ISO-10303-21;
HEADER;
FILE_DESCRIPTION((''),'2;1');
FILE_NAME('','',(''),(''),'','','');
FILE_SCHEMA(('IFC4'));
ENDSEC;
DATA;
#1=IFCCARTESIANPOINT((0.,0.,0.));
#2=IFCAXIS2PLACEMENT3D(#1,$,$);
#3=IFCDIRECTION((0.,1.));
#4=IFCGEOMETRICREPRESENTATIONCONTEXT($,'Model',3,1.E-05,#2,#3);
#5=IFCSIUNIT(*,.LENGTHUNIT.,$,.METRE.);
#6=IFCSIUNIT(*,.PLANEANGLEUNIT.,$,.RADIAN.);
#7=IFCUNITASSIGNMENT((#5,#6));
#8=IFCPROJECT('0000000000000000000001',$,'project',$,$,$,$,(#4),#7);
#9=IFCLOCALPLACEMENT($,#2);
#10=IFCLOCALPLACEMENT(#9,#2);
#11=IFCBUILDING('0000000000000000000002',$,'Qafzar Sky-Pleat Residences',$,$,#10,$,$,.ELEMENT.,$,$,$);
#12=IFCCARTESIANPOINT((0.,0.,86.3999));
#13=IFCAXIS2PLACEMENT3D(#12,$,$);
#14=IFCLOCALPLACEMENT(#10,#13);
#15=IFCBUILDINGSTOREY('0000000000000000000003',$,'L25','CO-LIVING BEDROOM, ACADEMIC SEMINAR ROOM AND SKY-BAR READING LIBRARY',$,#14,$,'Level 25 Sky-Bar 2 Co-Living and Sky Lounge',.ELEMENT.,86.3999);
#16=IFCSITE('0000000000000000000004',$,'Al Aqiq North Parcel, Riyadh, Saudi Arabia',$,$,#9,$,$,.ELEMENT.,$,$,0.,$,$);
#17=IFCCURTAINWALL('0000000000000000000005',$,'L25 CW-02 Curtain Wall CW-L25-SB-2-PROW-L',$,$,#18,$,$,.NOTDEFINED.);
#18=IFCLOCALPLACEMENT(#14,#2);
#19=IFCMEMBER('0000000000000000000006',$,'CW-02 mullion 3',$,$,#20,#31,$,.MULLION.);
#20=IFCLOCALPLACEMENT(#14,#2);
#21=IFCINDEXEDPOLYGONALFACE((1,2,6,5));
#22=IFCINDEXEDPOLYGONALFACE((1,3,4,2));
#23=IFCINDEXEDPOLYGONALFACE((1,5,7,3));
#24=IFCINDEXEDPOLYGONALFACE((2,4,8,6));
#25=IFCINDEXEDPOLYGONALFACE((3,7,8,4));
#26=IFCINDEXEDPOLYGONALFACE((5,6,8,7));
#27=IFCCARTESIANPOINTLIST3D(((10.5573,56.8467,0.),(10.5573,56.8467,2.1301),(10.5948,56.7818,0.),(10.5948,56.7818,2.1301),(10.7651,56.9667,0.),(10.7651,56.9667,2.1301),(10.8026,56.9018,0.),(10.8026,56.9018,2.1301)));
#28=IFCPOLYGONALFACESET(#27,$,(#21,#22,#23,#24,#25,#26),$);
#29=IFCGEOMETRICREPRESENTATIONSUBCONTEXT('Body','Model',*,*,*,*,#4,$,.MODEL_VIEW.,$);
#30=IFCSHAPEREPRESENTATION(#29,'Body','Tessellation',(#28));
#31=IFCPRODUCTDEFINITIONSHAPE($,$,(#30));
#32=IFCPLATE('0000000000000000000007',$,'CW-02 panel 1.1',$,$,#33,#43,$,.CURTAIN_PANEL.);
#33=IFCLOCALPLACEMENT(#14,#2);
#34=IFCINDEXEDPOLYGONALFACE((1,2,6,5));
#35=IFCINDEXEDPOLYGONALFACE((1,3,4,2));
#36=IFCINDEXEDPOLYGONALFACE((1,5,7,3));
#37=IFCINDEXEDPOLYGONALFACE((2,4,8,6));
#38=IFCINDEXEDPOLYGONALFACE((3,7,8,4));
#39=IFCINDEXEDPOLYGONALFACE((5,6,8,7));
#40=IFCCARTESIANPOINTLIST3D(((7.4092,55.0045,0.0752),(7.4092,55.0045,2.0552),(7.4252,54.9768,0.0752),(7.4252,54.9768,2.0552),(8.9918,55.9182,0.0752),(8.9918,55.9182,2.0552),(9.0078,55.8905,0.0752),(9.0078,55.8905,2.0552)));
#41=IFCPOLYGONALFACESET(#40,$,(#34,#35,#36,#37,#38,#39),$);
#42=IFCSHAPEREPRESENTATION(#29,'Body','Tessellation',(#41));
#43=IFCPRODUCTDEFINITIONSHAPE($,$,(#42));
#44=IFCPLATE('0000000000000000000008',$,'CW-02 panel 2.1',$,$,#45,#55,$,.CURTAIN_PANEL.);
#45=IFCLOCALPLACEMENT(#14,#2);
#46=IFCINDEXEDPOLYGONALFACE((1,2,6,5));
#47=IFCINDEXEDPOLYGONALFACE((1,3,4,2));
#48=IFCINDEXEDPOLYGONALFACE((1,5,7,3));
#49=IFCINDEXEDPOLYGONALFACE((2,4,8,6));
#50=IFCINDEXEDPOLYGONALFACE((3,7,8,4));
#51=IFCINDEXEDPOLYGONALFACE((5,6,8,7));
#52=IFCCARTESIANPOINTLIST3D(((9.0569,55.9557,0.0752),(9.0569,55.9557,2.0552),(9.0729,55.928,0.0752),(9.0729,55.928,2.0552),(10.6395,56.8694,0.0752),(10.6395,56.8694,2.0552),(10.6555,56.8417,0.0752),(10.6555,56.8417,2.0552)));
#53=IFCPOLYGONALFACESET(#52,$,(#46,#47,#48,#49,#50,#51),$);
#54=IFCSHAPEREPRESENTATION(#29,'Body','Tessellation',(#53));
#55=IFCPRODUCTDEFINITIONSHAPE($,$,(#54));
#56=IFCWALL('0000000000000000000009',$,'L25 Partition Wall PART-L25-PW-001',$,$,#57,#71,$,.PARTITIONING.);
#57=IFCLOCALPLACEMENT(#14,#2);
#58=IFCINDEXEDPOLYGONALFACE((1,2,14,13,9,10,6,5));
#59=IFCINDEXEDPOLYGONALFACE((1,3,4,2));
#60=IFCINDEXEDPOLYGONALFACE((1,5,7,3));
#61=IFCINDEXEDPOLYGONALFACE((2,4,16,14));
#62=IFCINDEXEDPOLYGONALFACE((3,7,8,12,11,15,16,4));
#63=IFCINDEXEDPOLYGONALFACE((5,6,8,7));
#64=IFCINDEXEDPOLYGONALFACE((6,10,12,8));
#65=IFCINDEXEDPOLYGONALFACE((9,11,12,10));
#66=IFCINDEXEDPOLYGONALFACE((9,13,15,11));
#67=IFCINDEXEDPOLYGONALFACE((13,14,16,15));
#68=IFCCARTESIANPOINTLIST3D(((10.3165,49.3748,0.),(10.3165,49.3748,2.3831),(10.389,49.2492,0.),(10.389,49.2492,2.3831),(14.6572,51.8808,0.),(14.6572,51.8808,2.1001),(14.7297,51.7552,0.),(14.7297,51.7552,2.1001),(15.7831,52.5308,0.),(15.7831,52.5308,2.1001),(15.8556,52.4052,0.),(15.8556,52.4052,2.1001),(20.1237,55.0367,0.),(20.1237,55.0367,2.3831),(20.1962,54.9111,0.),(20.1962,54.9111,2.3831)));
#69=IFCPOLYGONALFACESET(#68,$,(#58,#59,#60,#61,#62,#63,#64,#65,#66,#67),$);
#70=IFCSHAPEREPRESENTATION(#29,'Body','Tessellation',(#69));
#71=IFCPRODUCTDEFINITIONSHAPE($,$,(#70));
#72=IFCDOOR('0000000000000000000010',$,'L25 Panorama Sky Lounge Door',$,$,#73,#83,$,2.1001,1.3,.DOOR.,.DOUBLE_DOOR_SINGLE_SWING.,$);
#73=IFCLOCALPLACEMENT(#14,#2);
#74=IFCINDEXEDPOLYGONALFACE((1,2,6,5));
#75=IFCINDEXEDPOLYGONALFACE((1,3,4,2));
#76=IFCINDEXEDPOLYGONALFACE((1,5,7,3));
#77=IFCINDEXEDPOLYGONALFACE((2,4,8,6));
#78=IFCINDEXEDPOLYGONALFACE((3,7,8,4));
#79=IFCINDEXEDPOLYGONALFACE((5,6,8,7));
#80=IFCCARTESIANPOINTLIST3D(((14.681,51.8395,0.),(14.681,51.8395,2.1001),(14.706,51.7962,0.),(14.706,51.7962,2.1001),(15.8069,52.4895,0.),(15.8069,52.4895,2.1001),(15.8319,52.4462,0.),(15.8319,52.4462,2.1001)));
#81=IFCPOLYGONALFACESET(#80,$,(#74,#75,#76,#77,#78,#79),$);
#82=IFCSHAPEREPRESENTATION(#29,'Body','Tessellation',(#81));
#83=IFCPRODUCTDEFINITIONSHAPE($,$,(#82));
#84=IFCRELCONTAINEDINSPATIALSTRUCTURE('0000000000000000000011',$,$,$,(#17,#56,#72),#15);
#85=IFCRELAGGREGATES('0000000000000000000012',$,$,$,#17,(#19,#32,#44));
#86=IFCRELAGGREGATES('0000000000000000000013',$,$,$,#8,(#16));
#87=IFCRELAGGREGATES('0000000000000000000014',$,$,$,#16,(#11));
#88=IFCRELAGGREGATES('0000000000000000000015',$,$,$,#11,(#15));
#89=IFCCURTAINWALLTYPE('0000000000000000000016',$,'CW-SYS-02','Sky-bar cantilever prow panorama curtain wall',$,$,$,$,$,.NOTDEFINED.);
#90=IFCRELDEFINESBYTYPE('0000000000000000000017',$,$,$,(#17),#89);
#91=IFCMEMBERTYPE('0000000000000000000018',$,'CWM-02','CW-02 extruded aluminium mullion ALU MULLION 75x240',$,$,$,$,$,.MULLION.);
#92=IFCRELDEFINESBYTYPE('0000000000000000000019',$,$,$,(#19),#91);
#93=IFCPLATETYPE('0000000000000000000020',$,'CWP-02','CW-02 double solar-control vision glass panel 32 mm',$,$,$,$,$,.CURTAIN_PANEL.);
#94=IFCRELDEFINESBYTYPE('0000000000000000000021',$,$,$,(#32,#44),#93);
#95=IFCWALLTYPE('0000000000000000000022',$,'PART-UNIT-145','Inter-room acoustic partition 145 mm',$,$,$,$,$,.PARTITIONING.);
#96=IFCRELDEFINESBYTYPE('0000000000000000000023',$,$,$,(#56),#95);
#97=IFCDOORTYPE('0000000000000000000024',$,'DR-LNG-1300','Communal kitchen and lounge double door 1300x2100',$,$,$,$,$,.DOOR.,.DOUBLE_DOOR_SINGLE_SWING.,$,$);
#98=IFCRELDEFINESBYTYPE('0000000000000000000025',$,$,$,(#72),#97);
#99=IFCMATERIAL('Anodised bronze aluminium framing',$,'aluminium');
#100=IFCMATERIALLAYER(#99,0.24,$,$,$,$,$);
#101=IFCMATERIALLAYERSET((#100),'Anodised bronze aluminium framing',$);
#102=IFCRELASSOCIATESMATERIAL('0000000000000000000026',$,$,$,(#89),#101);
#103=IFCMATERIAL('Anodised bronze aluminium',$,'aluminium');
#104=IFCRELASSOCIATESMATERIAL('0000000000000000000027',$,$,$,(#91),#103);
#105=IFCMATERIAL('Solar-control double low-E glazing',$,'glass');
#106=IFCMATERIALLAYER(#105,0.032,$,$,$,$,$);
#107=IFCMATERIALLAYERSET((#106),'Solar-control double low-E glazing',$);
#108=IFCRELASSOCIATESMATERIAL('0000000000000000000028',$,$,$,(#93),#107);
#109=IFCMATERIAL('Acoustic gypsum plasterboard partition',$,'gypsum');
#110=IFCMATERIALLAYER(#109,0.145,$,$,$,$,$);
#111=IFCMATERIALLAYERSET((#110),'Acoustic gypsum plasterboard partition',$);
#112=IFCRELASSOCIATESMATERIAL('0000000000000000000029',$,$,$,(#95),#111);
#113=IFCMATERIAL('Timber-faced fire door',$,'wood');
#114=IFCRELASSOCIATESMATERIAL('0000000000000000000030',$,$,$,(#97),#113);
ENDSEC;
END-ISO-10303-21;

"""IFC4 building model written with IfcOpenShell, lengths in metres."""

from ifc_helpers import new_model, si_unit, direction, frame, frame_2d, origin, origin_2d, place, context, subcontext, project, spatial, rectangle, extrude, source, transform, mapped, material, layer, layer_set, material_profile, profile_set, type_object, element, fill, aggregate, save


model = new_model("IFC4")

# Units and contexts
model_context = context("Model", 3, precision=1e-05, world=origin(), true_north=direction((0.0, 1.0)))
body_context = subcontext(model_context, "Body", "Model", "MODEL_VIEW")
ifc_project = project(units=[si_unit("LENGTHUNIT", "METRE"), si_unit("PLANEANGLEUNIT", "RADIAN")], contexts=[model_context])

# Site, building, storey
site_placement = place(None, origin())
site = spatial("IfcSite", under=ifc_project, at=site_placement, Name="Al Aqiq North Parcel, Riyadh, Saudi Arabia", CompositionType="ELEMENT", RefElevation=0.0)
building_placement = place(site_placement, origin())
building = spatial("IfcBuilding", under=site, at=building_placement, Name="Qafzar Sky-Pleat Residences", CompositionType="ELEMENT")
storey_placement = place(building_placement, frame((0.0, 0.0, 86.3999)))
storey = spatial("IfcBuildingStorey", under=building, at=storey_placement, Name="L25", Description="CO-LIVING BEDROOM, ACADEMIC SEMINAR ROOM AND SKY-BAR READING LIBRARY", LongName="Level 25 Sky-Bar 2 Co-Living and Sky Lounge", CompositionType="ELEMENT", Elevation=86.3999)

# Curtain wall, member, plates
ifc_material_1 = material(Name="Anodised bronze aluminium framing", Category="aluminium")
ifc_layer_1 = layer(ifc_material_1, 0.24)
ifc_layer_set_1 = layer_set([ifc_layer_1], Name="Anodised bronze aluminium framing")
curtain_wall_type = type_object("IfcCurtainWallType", Name="CW-SYS-02", Description="Sky-bar cantilever prow panorama curtain wall", PredefinedType="NOTDEFINED", material=ifc_layer_set_1)
curtain_wall_placement = place(storey_placement, origin())
curtain_wall = element("IfcCurtainWall", 1, at=curtain_wall_placement, inside=storey, type_object=curtain_wall_type, Name="L25 CW-02 Curtain Wall CW-L25-SB-2-PROW-L", PredefinedType="NOTDEFINED")
ifc_material_2 = material(Name="Anodised bronze aluminium", Category="aluminium")
ifc_material_profile_1 = material_profile(ifc_material_2, rectangle(XDim=0.075, YDim=0.24, at=origin_2d()), Name="ALU MULLION 75x240")
ifc_profile_set_1 = profile_set([ifc_material_profile_1], Name="Anodised bronze aluminium")
member_type_1 = type_object("IfcMemberType", Name="CWM-02", Description="CW-02 extruded aluminium mullion ALU MULLION 75x240", PredefinedType="MULLION", material=ifc_profile_set_1)
shared_shape_1 = source(origin(), body_context, "Body", "SweptSolid", [
    extrude(rectangle(XDim=0.075, YDim=0.24, at=origin_2d()), origin(), (0.0, 0.0, 1.0), 2.1301),
])
member_1_placement = place(storey_placement, frame((10.6799, 56.8743, 0.0), z_axis=(0.0, 0.0, 1.0), x_axis=(-0.499998, 0.866027, 0.0)))
member_1 = element("IfcMember", 2, at=member_1_placement, type_object=member_type_1, Name="CW-02 mullion 3", PredefinedType="MULLION", context=body_context, shape_type="MappedRepresentation", body=[
    mapped(shared_shape_1, transform((0.0, 0.0, 0.0), x_axis=(1.0, 0.0, 0.0), y_axis=(0.0, 1.0, 0.0), z_axis=(0.0, 0.0, 1.0), scale=1.0)),
])
ifc_material_3 = material(Name="Solar-control double low-E glazing", Category="glass")
ifc_layer_2 = layer(ifc_material_3, 0.032)
ifc_layer_set_2 = layer_set([ifc_layer_2], Name="Solar-control double low-E glazing")
plate_type = type_object("IfcPlateType", Name="CWP-02", Description="CW-02 double solar-control vision glass panel 32 mm", PredefinedType="CURTAIN_PANEL", material=ifc_layer_set_2)
shared_shape_2 = source(origin(), body_context, "Body", "SweptSolid", [
    extrude(rectangle(XDim=1.8274, YDim=0.032, at=origin_2d()), origin(), (0.0, 0.0, 1.0), 1.98),
])
plate_1_placement = place(storey_placement, frame((8.2085, 55.4475, 0.0752), z_axis=(0.0, 0.0, 1.0), x_axis=(0.866027, 0.499998, 0.0)))
plate_1 = element("IfcPlate", 3, at=plate_1_placement, type_object=plate_type, Name="CW-02 panel 1.1", PredefinedType="CURTAIN_PANEL", context=body_context, shape_type="MappedRepresentation", body=[
    mapped(shared_shape_2, transform((0.0, 0.0, 0.0), x_axis=(1.0, 0.0, 0.0), y_axis=(0.0, 1.0, 0.0), z_axis=(0.0, 0.0, 1.0), scale=1.0)),
])
plate_2_placement = place(storey_placement, frame((9.8562, 56.3987, 0.0752), z_axis=(0.0, 0.0, 1.0), x_axis=(0.866027, 0.499998, 0.0)))
plate_2 = element("IfcPlate", 4, at=plate_2_placement, type_object=plate_type, Name="CW-02 panel 2.1", PredefinedType="CURTAIN_PANEL", context=body_context, shape_type="MappedRepresentation", body=[
    mapped(shared_shape_2, transform((0.0, 0.0, 0.0), x_axis=(1.0, 0.0, 0.0), y_axis=(0.0, 1.0, 0.0), z_axis=(0.0, 0.0, 1.0), scale=1.0)),
])
aggregate(curtain_wall, [member_1, plate_1, plate_2])

# Wall, opening, door
ifc_material_4 = material(Name="Acoustic gypsum plasterboard partition", Category="gypsum")
ifc_layer_3 = layer(ifc_material_4, 0.145)
ifc_layer_set_3 = layer_set([ifc_layer_3], Name="Acoustic gypsum plasterboard partition")
wall_type_1 = type_object("IfcWallType", Name="PART-UNIT-145", Description="Inter-room acoustic partition 145 mm", PredefinedType="PARTITIONING", material=ifc_layer_set_3)
wall_1_placement = place(storey_placement, frame((10.3528, 49.312, 0.0), z_axis=(0.0, 0.0, 1.0), x_axis=(0.866036, 0.499981, 0.0)))
wall_1 = element("IfcWall", 5, at=wall_1_placement, inside=storey, type_object=wall_type_1, Name="L25 Partition Wall PART-L25-PW-001", PredefinedType="PARTITIONING", context=body_context, shape_type="SweptSolid", body=[
    extrude(rectangle(XDim=11.3242, YDim=0.145, at=frame_2d((5.6621, 0.0))), origin(), (0.0, 0.0, 1.0), 2.3831),
])
opening_1_placement = place(wall_1_placement, frame((5.0122, 0.0, 0.0)))
opening_1 = element("IfcOpeningElement", 6, at=opening_1_placement, cuts=wall_1, PredefinedType="OPENING", context=body_context, shape_type="SweptSolid", body=[
    extrude(rectangle(XDim=1.3, YDim=2.1001, at=frame_2d((0.6499, 1.05))), frame((0.0, 0.0825, 0.0), z_axis=(0.0, -1.0, 0.0), x_axis=(1.0, 0.0, 0.0)), (0.0, 0.0, 1.0), 0.165),
])
ifc_material_5 = material(Name="Timber-faced fire door", Category="wood")
door_type_1 = type_object("IfcDoorType", Name="DR-LNG-1300", Description="Communal kitchen and lounge double door 1300x2100", OperationType="DOUBLE_DOOR_SINGLE_SWING", PredefinedType="DOOR", material=ifc_material_5)
shared_shape_3 = source(origin(), body_context, "Body", "SweptSolid", [
    extrude(rectangle(XDim=1.3, YDim=2.1001, at=frame_2d((0.6499, 1.05))), frame((0.0, 0.0249, 0.0), z_axis=(0.0, -1.0, 0.0), x_axis=(1.0, 0.0, 0.0)), (0.0, 0.0, 1.0), 0.05),
])
door_1_placement = place(opening_1_placement, origin())
door_1 = element("IfcDoor", 7, at=door_1_placement, inside=storey, type_object=door_type_1, Name="L25 Panorama Sky Lounge Door", OperationType="DOUBLE_DOOR_SINGLE_SWING", OverallHeight=2.1001, OverallWidth=1.3, PredefinedType="DOOR", context=body_context, shape_type="MappedRepresentation", body=[
    mapped(shared_shape_3, transform((0.0, 0.0, 0.0), x_axis=(1.0, 0.0, 0.0), y_axis=(0.0, 1.0, 0.0), z_axis=(0.0, 0.0, 1.0), scale=1.0)),
])
fill(opening_1, door_1)

save(model, "model.ifc")
